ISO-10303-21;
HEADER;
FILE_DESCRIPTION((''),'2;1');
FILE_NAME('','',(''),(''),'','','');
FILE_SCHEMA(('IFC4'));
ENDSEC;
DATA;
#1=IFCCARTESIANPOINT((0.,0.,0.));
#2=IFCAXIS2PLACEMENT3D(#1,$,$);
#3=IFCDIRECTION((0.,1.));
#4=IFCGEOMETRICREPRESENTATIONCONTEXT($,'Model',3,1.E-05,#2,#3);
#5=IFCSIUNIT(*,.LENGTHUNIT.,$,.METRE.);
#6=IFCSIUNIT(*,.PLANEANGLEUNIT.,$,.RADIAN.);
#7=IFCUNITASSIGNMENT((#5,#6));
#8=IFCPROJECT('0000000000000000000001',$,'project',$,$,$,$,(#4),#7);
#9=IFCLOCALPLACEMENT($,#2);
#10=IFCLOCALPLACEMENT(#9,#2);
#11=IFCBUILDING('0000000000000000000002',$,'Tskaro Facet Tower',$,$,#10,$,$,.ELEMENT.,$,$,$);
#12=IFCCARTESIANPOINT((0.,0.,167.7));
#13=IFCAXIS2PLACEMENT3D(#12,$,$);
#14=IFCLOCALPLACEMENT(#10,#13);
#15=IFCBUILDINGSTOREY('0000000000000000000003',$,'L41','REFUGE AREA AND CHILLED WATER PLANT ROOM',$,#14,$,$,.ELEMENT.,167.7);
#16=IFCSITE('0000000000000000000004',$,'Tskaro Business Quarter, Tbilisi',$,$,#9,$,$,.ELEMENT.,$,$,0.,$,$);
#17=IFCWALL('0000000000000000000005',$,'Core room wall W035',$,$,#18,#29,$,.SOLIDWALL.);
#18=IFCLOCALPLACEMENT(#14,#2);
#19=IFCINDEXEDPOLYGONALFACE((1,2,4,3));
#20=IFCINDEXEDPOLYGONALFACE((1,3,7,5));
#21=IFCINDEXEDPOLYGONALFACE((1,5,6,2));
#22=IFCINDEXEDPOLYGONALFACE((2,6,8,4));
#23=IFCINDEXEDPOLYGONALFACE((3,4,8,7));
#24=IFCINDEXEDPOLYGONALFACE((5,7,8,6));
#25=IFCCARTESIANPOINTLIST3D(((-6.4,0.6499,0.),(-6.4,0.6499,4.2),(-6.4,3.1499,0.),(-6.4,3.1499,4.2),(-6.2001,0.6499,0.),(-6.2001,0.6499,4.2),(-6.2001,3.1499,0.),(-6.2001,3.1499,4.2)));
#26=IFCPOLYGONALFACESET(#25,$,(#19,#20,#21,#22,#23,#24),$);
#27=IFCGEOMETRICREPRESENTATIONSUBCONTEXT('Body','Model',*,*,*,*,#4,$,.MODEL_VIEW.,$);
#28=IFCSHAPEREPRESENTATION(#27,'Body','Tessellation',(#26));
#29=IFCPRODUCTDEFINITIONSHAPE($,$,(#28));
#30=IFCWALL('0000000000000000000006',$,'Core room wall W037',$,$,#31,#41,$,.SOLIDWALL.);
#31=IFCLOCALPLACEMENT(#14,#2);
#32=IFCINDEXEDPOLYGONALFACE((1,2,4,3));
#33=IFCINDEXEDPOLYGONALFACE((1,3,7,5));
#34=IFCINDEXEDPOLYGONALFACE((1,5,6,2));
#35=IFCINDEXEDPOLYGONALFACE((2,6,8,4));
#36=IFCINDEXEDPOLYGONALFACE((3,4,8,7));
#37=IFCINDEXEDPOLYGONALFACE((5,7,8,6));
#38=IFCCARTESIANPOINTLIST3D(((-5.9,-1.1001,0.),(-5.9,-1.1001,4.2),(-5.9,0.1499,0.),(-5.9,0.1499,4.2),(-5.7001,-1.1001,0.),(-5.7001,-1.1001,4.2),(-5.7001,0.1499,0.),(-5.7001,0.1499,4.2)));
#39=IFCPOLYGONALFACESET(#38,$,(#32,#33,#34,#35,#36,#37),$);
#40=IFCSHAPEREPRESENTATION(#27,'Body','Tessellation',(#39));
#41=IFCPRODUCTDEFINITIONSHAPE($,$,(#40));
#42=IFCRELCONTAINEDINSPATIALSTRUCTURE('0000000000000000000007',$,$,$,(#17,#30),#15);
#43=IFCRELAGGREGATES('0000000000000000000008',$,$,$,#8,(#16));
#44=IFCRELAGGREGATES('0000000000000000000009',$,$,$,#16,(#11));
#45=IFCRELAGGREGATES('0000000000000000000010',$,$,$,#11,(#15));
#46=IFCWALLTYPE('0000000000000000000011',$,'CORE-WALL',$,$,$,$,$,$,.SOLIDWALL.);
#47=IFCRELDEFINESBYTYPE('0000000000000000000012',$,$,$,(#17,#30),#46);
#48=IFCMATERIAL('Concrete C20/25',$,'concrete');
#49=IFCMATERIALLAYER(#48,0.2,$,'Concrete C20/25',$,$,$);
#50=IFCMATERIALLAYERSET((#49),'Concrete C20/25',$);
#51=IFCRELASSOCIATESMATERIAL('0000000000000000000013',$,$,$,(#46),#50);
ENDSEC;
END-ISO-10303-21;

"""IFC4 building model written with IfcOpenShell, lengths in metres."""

from ifc_helpers import new_model, si_unit, direction, frame, frame_2d, origin, place, context, subcontext, project, spatial, rectangle, extrude, material, layer, layer_set, type_object, element, save


model = new_model("IFC4")

# Units and contexts
model_context = context("Model", 3, precision=1e-05, world=origin(), true_north=direction((0.0, 1.0)))
body_context = subcontext(model_context, "Body", "Model", "MODEL_VIEW")
ifc_project = project(units=[si_unit("LENGTHUNIT", "METRE"), si_unit("PLANEANGLEUNIT", "RADIAN")], contexts=[model_context])

# Site, building, storey
site_placement = place(None, origin())
site = spatial("IfcSite", under=ifc_project, at=site_placement, Name="Tskaro Business Quarter, Tbilisi", CompositionType="ELEMENT", RefElevation=0.0)
building_placement = place(site_placement, origin())
building = spatial("IfcBuilding", under=site, at=building_placement, Name="Tskaro Facet Tower", CompositionType="ELEMENT")
storey_placement = place(building_placement, frame((0.0, 0.0, 167.7)))
storey = spatial("IfcBuildingStorey", under=building, at=storey_placement, Name="L41", Description="REFUGE AREA AND CHILLED WATER PLANT ROOM", CompositionType="ELEMENT", Elevation=167.7)

# Shared definitions
ifc_material_1 = material(Name="Concrete C20/25", Category="concrete")
ifc_layer_1 = layer(ifc_material_1, 0.2, Name="Concrete C20/25")
ifc_layer_set_1 = layer_set([ifc_layer_1], Name="Concrete C20/25")
wall_type_1 = type_object("IfcWallType", Name="CORE-WALL", PredefinedType="SOLIDWALL", material=ifc_layer_set_1)

# Walls
wall_1_placement = place(storey_placement, frame((-6.3, 0.6499, 0.0), z_axis=(0.0, 0.0, 1.0), x_axis=(0.0, 1.0, 0.0)))
element("IfcWall", 1, at=wall_1_placement, inside=storey, type_object=wall_type_1, Name="Core room wall W035", PredefinedType="SOLIDWALL", context=body_context, shape_type="SweptSolid", body=[
    extrude(rectangle(XDim=2.5, YDim=0.2, at=frame_2d((1.25, 0.0))), origin(), (0.0, 0.0, 1.0), 4.2),
])
wall_2_placement = place(storey_placement, frame((-5.8, -1.1001, 0.0), z_axis=(0.0, 0.0, 1.0), x_axis=(0.0, 1.0, 0.0)))
element("IfcWall", 2, at=wall_2_placement, inside=storey, type_object=wall_type_1, Name="Core room wall W037", PredefinedType="SOLIDWALL", context=body_context, shape_type="SweptSolid", body=[
    extrude(rectangle(XDim=1.25, YDim=0.2, at=frame_2d((0.625, 0.0))), origin(), (0.0, 0.0, 1.0), 4.2),
])

save(model, "model.ifc")
